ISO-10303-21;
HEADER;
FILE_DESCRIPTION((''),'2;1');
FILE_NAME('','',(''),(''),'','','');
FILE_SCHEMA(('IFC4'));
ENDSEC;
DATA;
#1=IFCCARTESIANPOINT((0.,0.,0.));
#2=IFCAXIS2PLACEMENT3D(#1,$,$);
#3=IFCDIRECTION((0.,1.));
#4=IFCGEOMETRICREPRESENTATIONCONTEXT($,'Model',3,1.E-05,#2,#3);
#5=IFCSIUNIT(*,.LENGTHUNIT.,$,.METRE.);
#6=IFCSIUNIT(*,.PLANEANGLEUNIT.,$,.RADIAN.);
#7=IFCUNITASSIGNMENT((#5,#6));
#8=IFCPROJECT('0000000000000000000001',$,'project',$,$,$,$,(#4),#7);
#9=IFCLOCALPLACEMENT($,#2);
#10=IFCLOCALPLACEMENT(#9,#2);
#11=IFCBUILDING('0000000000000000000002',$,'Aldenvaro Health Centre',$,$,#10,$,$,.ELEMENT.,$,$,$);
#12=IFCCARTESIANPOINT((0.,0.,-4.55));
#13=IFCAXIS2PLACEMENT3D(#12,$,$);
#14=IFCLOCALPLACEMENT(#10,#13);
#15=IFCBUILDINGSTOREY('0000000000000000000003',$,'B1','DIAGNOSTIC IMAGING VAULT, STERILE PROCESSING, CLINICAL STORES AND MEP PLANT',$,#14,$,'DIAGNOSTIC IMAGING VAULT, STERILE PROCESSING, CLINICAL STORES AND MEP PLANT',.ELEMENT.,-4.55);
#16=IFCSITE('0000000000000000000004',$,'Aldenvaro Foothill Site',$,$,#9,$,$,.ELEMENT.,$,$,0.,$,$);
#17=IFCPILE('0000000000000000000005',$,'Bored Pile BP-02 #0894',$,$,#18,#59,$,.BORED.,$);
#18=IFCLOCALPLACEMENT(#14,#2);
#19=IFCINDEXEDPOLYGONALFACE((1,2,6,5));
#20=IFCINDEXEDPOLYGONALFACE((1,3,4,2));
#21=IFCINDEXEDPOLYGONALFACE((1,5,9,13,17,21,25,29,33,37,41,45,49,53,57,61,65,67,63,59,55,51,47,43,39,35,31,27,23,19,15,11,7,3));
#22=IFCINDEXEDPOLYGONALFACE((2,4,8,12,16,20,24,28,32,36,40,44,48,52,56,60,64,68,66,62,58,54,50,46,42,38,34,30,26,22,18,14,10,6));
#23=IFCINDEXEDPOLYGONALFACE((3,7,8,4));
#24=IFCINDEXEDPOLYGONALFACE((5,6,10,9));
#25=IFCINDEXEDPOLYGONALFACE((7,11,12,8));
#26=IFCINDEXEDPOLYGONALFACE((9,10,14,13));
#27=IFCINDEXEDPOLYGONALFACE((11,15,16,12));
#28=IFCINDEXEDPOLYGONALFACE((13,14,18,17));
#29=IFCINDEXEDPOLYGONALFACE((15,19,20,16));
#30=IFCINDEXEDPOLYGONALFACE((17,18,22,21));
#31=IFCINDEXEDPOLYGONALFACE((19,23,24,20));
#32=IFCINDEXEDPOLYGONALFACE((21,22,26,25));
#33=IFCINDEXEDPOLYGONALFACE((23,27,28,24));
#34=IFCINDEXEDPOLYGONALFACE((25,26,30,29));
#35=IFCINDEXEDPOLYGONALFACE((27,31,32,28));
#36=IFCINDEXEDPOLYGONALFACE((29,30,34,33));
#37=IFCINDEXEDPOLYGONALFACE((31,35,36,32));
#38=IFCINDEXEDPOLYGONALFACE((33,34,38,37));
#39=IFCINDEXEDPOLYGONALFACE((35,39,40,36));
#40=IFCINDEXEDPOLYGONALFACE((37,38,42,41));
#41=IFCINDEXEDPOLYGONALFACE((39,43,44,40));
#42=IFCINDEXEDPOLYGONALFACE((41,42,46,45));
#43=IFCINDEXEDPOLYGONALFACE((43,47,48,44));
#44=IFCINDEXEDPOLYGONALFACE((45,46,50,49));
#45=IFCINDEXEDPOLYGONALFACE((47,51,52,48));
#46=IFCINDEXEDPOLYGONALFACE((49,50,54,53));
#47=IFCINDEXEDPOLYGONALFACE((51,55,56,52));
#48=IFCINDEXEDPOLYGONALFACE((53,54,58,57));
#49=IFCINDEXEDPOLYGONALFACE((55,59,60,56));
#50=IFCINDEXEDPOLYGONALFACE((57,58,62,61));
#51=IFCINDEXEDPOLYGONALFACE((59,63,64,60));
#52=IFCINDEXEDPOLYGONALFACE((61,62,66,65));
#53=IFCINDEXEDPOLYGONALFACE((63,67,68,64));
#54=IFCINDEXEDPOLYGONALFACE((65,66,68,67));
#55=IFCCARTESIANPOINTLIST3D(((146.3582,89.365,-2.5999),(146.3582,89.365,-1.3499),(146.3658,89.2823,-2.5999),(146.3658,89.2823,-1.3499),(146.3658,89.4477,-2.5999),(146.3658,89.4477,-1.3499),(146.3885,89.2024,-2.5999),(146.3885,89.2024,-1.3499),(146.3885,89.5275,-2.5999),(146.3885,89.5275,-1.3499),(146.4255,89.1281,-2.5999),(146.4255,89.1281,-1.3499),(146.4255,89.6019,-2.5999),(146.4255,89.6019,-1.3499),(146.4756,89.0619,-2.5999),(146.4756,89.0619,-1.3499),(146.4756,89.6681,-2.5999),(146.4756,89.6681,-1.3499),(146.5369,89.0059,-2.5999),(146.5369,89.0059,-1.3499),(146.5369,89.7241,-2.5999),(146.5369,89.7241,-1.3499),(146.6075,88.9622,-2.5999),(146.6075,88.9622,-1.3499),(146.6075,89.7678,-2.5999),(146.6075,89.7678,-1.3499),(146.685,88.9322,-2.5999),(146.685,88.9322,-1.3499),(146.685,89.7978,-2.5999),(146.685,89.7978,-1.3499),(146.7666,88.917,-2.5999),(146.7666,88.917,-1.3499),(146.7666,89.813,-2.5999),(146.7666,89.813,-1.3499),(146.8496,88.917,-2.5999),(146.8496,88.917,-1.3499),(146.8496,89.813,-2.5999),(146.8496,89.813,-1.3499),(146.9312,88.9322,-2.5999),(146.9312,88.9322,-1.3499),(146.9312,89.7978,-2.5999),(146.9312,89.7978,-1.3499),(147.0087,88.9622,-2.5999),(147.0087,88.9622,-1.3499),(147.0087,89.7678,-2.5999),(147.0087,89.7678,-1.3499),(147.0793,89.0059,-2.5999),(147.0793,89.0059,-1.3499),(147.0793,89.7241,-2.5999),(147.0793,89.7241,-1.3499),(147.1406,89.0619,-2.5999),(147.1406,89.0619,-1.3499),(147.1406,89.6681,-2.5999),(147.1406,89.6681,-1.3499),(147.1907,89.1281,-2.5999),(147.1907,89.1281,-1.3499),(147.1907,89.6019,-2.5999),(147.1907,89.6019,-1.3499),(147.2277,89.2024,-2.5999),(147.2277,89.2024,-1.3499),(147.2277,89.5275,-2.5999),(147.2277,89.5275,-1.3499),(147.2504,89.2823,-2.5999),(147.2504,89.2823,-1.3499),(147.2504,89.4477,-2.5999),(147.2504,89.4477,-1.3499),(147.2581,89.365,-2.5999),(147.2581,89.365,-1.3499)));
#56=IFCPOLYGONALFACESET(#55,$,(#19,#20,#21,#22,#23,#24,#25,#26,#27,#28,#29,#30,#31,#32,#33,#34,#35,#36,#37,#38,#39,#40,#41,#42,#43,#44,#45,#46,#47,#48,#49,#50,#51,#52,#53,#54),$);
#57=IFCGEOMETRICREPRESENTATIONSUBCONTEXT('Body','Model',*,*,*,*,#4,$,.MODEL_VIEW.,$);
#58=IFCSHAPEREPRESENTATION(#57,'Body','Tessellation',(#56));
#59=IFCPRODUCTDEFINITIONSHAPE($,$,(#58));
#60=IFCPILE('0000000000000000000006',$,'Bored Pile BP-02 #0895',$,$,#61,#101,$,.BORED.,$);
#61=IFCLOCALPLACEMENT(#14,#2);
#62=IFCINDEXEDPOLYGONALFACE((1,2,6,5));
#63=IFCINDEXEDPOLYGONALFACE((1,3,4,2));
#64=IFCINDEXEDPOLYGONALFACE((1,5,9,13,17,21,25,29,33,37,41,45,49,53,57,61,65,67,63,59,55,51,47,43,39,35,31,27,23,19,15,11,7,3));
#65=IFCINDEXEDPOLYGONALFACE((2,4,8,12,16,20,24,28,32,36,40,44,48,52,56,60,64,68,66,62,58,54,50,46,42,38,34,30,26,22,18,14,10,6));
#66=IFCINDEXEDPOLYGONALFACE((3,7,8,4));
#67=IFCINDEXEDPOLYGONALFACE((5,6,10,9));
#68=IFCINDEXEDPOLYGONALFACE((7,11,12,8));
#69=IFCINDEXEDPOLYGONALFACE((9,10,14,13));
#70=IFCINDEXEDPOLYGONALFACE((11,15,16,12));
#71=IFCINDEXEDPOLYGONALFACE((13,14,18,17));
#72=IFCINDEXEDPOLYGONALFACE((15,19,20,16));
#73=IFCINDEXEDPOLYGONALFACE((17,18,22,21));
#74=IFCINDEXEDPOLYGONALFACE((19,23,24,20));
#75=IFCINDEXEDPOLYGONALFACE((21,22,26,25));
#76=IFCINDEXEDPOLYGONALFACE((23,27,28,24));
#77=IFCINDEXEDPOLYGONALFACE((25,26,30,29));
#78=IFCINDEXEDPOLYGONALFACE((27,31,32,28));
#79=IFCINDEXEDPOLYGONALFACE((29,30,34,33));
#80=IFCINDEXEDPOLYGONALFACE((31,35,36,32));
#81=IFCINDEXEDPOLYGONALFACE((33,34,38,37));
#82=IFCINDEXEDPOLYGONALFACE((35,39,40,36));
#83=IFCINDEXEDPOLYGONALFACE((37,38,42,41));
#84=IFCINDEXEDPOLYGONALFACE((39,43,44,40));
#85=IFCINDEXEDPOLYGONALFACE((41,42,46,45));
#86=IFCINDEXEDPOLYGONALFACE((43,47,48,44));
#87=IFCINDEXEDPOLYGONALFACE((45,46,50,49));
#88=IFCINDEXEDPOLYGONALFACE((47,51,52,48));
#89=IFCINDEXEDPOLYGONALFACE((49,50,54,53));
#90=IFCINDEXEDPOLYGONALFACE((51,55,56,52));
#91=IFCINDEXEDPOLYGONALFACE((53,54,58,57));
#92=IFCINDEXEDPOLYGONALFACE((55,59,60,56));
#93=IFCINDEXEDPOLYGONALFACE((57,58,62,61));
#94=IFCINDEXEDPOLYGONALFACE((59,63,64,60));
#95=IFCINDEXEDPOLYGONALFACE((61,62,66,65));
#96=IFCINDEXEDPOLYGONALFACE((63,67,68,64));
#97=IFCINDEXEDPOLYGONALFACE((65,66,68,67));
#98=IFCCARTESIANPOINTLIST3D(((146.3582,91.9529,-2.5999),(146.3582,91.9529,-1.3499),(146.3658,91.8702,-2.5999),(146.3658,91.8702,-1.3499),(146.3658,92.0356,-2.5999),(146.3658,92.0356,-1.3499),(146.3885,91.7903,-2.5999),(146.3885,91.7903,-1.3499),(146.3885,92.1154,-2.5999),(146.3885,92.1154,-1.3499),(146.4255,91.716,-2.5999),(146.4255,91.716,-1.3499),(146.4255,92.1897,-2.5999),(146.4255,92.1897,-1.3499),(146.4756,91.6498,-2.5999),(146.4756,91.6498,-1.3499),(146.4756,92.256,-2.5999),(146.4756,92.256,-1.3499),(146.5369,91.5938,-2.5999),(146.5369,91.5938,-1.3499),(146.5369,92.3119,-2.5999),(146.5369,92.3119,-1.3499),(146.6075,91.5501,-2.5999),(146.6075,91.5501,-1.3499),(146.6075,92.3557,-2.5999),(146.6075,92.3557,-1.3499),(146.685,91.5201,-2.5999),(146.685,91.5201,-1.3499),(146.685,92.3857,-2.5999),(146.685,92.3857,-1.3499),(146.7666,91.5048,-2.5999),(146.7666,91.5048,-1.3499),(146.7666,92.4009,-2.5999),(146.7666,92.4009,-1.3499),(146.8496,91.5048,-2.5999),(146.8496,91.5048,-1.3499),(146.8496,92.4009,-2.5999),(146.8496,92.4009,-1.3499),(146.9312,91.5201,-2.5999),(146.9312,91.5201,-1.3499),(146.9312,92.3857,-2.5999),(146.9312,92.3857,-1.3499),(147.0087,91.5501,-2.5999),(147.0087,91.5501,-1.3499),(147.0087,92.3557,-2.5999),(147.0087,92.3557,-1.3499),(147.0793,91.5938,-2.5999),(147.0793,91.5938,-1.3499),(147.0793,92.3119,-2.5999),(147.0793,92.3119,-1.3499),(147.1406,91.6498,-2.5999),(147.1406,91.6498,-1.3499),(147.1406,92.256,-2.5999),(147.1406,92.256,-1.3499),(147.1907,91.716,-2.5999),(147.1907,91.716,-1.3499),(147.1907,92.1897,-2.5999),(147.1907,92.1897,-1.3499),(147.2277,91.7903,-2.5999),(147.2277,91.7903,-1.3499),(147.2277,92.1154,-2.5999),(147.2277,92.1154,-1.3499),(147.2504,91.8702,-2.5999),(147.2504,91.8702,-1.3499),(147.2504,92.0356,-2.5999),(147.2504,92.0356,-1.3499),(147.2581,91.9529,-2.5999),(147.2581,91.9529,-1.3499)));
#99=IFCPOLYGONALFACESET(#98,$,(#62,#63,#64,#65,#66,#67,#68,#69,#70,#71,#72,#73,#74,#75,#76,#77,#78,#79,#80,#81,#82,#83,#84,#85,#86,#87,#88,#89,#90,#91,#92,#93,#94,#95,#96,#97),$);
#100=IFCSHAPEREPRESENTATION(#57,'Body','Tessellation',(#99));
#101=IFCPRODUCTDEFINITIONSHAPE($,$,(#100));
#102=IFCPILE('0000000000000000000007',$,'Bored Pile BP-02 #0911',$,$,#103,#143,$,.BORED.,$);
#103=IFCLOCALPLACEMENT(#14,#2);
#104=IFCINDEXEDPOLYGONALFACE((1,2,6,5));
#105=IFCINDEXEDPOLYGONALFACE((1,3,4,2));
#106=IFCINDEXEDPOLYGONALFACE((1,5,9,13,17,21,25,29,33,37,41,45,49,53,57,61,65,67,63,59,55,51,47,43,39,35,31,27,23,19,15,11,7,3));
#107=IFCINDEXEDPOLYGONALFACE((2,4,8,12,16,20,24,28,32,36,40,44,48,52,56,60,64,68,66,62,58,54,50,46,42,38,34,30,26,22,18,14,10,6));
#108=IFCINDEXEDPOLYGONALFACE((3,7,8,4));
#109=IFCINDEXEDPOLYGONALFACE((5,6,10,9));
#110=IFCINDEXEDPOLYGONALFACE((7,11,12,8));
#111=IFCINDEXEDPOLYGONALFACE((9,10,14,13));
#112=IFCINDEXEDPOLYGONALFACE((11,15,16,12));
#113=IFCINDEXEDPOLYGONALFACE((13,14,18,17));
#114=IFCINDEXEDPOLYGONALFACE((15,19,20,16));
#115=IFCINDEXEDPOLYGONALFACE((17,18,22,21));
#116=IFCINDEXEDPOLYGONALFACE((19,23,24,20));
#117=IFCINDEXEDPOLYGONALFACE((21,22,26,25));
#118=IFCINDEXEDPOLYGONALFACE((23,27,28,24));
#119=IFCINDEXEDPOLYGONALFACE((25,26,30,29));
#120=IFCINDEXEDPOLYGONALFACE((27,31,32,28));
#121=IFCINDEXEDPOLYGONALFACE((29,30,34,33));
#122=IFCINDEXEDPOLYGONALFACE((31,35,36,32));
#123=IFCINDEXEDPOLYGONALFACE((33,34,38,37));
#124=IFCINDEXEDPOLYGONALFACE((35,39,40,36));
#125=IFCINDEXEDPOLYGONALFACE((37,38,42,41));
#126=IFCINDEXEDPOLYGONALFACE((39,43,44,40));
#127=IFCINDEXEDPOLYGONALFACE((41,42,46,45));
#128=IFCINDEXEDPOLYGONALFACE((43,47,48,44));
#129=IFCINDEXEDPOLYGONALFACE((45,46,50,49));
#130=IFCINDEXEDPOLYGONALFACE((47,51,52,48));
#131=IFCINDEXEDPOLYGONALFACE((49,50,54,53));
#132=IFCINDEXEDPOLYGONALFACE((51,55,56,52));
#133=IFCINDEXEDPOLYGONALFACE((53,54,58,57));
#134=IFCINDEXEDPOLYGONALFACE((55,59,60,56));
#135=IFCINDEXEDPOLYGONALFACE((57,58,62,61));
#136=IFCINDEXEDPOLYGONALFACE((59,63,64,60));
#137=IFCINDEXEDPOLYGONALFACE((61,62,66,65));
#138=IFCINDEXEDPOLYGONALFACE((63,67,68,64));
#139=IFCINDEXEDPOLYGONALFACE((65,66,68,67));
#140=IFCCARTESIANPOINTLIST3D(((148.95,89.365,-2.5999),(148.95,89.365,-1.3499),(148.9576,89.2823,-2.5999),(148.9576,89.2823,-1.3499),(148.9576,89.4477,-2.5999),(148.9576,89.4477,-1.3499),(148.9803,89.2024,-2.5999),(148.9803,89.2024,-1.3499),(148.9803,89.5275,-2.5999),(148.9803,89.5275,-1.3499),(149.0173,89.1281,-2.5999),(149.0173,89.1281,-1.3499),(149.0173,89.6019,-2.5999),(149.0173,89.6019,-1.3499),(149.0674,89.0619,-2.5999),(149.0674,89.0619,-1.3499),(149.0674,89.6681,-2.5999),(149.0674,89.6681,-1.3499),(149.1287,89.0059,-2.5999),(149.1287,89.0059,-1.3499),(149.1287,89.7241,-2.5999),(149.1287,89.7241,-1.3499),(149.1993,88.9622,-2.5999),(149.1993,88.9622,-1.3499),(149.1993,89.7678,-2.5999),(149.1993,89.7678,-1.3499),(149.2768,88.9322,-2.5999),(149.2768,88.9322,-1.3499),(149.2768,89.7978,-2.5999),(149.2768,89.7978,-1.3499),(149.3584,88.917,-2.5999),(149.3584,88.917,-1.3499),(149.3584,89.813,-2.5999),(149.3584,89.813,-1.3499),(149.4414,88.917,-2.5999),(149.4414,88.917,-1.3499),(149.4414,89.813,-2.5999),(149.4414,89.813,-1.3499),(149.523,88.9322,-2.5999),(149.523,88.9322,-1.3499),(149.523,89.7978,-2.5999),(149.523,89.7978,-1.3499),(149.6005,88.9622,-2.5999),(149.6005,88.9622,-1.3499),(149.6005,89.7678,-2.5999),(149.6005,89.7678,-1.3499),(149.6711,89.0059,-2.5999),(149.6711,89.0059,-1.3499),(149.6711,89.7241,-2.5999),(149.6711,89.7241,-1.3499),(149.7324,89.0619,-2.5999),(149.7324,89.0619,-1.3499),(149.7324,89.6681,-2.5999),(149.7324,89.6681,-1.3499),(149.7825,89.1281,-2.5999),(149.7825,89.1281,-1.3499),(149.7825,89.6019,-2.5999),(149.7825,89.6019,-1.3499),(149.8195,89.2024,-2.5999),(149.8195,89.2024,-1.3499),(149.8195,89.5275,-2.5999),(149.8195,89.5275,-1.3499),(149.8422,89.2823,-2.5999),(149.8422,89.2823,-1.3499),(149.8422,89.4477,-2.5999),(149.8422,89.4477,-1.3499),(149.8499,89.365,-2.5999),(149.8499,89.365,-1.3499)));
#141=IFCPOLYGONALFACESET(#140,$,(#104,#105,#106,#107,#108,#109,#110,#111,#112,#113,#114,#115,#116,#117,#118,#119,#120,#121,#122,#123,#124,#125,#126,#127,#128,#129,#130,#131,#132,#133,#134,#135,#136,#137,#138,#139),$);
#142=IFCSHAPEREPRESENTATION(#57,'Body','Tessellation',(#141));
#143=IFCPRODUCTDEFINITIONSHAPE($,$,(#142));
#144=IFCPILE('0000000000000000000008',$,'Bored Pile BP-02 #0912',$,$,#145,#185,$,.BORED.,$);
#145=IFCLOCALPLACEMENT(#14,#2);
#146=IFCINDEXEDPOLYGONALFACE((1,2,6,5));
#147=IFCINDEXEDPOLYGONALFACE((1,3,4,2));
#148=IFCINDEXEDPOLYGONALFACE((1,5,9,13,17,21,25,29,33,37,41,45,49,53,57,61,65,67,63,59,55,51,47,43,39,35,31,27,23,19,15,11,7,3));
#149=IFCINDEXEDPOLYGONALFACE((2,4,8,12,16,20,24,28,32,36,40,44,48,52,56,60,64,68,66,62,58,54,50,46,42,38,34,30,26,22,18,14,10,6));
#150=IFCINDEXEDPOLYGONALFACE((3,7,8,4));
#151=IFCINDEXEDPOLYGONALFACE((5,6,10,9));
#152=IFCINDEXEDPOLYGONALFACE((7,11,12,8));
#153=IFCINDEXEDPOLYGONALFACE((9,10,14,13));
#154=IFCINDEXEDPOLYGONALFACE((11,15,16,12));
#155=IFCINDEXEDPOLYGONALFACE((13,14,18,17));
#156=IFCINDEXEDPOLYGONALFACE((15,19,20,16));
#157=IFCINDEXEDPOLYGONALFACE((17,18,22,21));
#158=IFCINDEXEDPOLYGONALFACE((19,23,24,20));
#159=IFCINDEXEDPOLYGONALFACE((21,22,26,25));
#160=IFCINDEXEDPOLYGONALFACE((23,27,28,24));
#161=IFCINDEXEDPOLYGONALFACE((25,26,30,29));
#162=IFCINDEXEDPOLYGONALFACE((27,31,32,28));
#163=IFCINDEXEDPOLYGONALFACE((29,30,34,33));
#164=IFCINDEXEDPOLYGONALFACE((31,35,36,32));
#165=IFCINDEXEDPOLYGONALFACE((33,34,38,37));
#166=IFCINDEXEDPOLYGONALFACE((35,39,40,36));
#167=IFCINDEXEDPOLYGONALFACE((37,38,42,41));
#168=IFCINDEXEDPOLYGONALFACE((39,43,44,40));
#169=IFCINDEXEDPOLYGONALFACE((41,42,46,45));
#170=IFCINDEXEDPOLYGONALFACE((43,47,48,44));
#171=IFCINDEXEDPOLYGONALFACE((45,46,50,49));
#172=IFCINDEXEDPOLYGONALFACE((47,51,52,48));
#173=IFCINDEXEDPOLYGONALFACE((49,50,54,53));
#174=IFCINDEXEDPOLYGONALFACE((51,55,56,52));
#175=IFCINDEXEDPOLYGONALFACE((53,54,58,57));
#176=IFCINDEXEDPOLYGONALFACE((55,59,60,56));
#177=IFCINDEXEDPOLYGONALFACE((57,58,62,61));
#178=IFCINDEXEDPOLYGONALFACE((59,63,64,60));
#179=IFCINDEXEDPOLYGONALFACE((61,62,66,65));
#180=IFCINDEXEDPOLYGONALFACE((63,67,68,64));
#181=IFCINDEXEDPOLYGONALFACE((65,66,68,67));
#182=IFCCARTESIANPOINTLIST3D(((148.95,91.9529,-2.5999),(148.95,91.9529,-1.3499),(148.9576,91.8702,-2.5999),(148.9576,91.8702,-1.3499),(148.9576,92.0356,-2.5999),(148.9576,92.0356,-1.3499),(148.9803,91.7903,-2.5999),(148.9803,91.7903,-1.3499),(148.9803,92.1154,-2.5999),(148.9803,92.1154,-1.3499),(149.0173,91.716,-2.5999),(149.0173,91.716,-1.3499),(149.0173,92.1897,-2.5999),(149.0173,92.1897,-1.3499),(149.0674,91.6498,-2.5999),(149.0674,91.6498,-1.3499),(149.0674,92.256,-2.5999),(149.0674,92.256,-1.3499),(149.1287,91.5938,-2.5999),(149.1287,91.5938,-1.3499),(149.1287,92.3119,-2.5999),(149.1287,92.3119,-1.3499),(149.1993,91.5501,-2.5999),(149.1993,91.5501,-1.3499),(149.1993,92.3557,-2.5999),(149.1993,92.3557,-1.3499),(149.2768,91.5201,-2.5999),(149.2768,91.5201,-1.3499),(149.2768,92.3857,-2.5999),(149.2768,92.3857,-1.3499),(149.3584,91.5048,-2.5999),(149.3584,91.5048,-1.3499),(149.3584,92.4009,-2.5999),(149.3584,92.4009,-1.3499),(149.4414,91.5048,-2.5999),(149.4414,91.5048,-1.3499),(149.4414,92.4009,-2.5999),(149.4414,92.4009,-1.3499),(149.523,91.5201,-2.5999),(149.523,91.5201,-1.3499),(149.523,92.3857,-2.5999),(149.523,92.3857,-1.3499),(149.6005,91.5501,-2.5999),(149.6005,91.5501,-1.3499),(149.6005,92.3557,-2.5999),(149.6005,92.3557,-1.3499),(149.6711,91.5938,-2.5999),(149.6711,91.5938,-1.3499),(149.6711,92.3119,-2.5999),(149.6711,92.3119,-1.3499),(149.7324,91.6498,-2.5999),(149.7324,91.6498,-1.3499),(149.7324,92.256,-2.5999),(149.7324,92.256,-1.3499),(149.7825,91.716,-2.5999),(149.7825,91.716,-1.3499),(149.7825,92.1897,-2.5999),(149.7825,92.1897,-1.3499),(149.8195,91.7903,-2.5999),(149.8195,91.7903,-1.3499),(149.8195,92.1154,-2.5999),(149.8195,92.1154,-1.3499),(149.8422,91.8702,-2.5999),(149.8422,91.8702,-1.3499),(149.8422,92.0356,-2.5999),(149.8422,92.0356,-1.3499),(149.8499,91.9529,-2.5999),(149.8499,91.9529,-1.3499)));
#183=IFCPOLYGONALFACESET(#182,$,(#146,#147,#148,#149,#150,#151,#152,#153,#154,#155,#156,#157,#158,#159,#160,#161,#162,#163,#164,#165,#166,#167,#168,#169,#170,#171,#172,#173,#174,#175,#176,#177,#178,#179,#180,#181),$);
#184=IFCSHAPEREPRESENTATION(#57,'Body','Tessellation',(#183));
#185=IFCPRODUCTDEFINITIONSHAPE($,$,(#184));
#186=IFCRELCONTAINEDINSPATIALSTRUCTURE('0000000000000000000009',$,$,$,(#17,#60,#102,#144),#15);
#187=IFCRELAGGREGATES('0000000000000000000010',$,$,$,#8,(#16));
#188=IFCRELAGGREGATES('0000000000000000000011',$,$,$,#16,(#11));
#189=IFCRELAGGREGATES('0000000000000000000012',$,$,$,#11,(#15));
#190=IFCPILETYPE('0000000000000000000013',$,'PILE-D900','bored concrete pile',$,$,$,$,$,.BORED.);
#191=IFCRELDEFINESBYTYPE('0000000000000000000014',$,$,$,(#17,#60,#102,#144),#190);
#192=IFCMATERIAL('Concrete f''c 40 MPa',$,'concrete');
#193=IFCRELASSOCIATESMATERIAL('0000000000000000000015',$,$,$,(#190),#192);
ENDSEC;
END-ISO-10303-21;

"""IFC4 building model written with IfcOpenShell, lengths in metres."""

from ifc_helpers import new_model, si_unit, direction, frame, origin, origin_2d, place, context, subcontext, project, spatial, circle, extrude, material, material_profile, profile_set, type_object, element, save


model = new_model("IFC4")

# Units and contexts
model_context = context("Model", 3, precision=1e-05, world=origin(), true_north=direction((0.0, 1.0)))
body_context = subcontext(model_context, "Body", "Model", "MODEL_VIEW")
ifc_project = project(units=[si_unit("LENGTHUNIT", "METRE"), si_unit("PLANEANGLEUNIT", "RADIAN")], contexts=[model_context])

# Site, building, storey
site_placement = place(None, origin())
site = spatial("IfcSite", under=ifc_project, at=site_placement, Name="Aldenvaro Foothill Site", CompositionType="ELEMENT", RefElevation=0.0)
building_placement = place(site_placement, origin())
building = spatial("IfcBuilding", under=site, at=building_placement, Name="Aldenvaro Health Centre", CompositionType="ELEMENT")
storey_placement = place(building_placement, frame((0.0, 0.0, -4.55)))
storey = spatial("IfcBuildingStorey", under=building, at=storey_placement, Name="B1", Description="DIAGNOSTIC IMAGING VAULT, STERILE PROCESSING, CLINICAL STORES AND MEP PLANT", LongName="DIAGNOSTIC IMAGING VAULT, STERILE PROCESSING, CLINICAL STORES AND MEP PLANT", CompositionType="ELEMENT", Elevation=-4.55)

# Piles
ifc_material_1 = material(Name="Concrete f'c 40 MPa", Category="concrete")
ifc_material_profile_1 = material_profile(ifc_material_1, circle(Radius=0.45, at=origin_2d()), Name="PILE D900", Category="concrete")
ifc_profile_set_1 = profile_set([ifc_material_profile_1], Name="Concrete f'c 40 MPa")
pile_type = type_object("IfcPileType", Name="PILE-D900", Description="bored concrete pile", PredefinedType="BORED", material=ifc_profile_set_1)
for number, where, z_axis, x_axis, name in (
    (1, (146.8081, 89.365, -1.3499), (0.0, 0.0, -1.0), (1.0, 0.0, 0.0), "Bored Pile BP-02 #0894"),
    (2, (146.8081, 91.9529, -1.3499), (0.0, 0.0, -1.0), (1.0, 0.0, 0.0), "Bored Pile BP-02 #0895"),
    (3, (149.3999, 89.365, -1.3499), (0.0, 0.0, -1.0), (1.0, 0.0, 0.0), "Bored Pile BP-02 #0911"),
    (4, (149.3999, 91.9529, -1.3499), (0.0, 0.0, -1.0), (1.0, 0.0, 0.0), "Bored Pile BP-02 #0912"),
):
    element("IfcPile", number, at=place(storey_placement, frame(where, z_axis=z_axis, x_axis=x_axis)), inside=storey, type_object=pile_type, Name=name, PredefinedType="BORED", context=body_context, shape_type="SweptSolid", body=[
        extrude(circle(Radius=0.45, at=origin_2d()), origin(), (0.0, 0.0, 1.0), 1.25),
    ])

save(model, "model.ifc")
